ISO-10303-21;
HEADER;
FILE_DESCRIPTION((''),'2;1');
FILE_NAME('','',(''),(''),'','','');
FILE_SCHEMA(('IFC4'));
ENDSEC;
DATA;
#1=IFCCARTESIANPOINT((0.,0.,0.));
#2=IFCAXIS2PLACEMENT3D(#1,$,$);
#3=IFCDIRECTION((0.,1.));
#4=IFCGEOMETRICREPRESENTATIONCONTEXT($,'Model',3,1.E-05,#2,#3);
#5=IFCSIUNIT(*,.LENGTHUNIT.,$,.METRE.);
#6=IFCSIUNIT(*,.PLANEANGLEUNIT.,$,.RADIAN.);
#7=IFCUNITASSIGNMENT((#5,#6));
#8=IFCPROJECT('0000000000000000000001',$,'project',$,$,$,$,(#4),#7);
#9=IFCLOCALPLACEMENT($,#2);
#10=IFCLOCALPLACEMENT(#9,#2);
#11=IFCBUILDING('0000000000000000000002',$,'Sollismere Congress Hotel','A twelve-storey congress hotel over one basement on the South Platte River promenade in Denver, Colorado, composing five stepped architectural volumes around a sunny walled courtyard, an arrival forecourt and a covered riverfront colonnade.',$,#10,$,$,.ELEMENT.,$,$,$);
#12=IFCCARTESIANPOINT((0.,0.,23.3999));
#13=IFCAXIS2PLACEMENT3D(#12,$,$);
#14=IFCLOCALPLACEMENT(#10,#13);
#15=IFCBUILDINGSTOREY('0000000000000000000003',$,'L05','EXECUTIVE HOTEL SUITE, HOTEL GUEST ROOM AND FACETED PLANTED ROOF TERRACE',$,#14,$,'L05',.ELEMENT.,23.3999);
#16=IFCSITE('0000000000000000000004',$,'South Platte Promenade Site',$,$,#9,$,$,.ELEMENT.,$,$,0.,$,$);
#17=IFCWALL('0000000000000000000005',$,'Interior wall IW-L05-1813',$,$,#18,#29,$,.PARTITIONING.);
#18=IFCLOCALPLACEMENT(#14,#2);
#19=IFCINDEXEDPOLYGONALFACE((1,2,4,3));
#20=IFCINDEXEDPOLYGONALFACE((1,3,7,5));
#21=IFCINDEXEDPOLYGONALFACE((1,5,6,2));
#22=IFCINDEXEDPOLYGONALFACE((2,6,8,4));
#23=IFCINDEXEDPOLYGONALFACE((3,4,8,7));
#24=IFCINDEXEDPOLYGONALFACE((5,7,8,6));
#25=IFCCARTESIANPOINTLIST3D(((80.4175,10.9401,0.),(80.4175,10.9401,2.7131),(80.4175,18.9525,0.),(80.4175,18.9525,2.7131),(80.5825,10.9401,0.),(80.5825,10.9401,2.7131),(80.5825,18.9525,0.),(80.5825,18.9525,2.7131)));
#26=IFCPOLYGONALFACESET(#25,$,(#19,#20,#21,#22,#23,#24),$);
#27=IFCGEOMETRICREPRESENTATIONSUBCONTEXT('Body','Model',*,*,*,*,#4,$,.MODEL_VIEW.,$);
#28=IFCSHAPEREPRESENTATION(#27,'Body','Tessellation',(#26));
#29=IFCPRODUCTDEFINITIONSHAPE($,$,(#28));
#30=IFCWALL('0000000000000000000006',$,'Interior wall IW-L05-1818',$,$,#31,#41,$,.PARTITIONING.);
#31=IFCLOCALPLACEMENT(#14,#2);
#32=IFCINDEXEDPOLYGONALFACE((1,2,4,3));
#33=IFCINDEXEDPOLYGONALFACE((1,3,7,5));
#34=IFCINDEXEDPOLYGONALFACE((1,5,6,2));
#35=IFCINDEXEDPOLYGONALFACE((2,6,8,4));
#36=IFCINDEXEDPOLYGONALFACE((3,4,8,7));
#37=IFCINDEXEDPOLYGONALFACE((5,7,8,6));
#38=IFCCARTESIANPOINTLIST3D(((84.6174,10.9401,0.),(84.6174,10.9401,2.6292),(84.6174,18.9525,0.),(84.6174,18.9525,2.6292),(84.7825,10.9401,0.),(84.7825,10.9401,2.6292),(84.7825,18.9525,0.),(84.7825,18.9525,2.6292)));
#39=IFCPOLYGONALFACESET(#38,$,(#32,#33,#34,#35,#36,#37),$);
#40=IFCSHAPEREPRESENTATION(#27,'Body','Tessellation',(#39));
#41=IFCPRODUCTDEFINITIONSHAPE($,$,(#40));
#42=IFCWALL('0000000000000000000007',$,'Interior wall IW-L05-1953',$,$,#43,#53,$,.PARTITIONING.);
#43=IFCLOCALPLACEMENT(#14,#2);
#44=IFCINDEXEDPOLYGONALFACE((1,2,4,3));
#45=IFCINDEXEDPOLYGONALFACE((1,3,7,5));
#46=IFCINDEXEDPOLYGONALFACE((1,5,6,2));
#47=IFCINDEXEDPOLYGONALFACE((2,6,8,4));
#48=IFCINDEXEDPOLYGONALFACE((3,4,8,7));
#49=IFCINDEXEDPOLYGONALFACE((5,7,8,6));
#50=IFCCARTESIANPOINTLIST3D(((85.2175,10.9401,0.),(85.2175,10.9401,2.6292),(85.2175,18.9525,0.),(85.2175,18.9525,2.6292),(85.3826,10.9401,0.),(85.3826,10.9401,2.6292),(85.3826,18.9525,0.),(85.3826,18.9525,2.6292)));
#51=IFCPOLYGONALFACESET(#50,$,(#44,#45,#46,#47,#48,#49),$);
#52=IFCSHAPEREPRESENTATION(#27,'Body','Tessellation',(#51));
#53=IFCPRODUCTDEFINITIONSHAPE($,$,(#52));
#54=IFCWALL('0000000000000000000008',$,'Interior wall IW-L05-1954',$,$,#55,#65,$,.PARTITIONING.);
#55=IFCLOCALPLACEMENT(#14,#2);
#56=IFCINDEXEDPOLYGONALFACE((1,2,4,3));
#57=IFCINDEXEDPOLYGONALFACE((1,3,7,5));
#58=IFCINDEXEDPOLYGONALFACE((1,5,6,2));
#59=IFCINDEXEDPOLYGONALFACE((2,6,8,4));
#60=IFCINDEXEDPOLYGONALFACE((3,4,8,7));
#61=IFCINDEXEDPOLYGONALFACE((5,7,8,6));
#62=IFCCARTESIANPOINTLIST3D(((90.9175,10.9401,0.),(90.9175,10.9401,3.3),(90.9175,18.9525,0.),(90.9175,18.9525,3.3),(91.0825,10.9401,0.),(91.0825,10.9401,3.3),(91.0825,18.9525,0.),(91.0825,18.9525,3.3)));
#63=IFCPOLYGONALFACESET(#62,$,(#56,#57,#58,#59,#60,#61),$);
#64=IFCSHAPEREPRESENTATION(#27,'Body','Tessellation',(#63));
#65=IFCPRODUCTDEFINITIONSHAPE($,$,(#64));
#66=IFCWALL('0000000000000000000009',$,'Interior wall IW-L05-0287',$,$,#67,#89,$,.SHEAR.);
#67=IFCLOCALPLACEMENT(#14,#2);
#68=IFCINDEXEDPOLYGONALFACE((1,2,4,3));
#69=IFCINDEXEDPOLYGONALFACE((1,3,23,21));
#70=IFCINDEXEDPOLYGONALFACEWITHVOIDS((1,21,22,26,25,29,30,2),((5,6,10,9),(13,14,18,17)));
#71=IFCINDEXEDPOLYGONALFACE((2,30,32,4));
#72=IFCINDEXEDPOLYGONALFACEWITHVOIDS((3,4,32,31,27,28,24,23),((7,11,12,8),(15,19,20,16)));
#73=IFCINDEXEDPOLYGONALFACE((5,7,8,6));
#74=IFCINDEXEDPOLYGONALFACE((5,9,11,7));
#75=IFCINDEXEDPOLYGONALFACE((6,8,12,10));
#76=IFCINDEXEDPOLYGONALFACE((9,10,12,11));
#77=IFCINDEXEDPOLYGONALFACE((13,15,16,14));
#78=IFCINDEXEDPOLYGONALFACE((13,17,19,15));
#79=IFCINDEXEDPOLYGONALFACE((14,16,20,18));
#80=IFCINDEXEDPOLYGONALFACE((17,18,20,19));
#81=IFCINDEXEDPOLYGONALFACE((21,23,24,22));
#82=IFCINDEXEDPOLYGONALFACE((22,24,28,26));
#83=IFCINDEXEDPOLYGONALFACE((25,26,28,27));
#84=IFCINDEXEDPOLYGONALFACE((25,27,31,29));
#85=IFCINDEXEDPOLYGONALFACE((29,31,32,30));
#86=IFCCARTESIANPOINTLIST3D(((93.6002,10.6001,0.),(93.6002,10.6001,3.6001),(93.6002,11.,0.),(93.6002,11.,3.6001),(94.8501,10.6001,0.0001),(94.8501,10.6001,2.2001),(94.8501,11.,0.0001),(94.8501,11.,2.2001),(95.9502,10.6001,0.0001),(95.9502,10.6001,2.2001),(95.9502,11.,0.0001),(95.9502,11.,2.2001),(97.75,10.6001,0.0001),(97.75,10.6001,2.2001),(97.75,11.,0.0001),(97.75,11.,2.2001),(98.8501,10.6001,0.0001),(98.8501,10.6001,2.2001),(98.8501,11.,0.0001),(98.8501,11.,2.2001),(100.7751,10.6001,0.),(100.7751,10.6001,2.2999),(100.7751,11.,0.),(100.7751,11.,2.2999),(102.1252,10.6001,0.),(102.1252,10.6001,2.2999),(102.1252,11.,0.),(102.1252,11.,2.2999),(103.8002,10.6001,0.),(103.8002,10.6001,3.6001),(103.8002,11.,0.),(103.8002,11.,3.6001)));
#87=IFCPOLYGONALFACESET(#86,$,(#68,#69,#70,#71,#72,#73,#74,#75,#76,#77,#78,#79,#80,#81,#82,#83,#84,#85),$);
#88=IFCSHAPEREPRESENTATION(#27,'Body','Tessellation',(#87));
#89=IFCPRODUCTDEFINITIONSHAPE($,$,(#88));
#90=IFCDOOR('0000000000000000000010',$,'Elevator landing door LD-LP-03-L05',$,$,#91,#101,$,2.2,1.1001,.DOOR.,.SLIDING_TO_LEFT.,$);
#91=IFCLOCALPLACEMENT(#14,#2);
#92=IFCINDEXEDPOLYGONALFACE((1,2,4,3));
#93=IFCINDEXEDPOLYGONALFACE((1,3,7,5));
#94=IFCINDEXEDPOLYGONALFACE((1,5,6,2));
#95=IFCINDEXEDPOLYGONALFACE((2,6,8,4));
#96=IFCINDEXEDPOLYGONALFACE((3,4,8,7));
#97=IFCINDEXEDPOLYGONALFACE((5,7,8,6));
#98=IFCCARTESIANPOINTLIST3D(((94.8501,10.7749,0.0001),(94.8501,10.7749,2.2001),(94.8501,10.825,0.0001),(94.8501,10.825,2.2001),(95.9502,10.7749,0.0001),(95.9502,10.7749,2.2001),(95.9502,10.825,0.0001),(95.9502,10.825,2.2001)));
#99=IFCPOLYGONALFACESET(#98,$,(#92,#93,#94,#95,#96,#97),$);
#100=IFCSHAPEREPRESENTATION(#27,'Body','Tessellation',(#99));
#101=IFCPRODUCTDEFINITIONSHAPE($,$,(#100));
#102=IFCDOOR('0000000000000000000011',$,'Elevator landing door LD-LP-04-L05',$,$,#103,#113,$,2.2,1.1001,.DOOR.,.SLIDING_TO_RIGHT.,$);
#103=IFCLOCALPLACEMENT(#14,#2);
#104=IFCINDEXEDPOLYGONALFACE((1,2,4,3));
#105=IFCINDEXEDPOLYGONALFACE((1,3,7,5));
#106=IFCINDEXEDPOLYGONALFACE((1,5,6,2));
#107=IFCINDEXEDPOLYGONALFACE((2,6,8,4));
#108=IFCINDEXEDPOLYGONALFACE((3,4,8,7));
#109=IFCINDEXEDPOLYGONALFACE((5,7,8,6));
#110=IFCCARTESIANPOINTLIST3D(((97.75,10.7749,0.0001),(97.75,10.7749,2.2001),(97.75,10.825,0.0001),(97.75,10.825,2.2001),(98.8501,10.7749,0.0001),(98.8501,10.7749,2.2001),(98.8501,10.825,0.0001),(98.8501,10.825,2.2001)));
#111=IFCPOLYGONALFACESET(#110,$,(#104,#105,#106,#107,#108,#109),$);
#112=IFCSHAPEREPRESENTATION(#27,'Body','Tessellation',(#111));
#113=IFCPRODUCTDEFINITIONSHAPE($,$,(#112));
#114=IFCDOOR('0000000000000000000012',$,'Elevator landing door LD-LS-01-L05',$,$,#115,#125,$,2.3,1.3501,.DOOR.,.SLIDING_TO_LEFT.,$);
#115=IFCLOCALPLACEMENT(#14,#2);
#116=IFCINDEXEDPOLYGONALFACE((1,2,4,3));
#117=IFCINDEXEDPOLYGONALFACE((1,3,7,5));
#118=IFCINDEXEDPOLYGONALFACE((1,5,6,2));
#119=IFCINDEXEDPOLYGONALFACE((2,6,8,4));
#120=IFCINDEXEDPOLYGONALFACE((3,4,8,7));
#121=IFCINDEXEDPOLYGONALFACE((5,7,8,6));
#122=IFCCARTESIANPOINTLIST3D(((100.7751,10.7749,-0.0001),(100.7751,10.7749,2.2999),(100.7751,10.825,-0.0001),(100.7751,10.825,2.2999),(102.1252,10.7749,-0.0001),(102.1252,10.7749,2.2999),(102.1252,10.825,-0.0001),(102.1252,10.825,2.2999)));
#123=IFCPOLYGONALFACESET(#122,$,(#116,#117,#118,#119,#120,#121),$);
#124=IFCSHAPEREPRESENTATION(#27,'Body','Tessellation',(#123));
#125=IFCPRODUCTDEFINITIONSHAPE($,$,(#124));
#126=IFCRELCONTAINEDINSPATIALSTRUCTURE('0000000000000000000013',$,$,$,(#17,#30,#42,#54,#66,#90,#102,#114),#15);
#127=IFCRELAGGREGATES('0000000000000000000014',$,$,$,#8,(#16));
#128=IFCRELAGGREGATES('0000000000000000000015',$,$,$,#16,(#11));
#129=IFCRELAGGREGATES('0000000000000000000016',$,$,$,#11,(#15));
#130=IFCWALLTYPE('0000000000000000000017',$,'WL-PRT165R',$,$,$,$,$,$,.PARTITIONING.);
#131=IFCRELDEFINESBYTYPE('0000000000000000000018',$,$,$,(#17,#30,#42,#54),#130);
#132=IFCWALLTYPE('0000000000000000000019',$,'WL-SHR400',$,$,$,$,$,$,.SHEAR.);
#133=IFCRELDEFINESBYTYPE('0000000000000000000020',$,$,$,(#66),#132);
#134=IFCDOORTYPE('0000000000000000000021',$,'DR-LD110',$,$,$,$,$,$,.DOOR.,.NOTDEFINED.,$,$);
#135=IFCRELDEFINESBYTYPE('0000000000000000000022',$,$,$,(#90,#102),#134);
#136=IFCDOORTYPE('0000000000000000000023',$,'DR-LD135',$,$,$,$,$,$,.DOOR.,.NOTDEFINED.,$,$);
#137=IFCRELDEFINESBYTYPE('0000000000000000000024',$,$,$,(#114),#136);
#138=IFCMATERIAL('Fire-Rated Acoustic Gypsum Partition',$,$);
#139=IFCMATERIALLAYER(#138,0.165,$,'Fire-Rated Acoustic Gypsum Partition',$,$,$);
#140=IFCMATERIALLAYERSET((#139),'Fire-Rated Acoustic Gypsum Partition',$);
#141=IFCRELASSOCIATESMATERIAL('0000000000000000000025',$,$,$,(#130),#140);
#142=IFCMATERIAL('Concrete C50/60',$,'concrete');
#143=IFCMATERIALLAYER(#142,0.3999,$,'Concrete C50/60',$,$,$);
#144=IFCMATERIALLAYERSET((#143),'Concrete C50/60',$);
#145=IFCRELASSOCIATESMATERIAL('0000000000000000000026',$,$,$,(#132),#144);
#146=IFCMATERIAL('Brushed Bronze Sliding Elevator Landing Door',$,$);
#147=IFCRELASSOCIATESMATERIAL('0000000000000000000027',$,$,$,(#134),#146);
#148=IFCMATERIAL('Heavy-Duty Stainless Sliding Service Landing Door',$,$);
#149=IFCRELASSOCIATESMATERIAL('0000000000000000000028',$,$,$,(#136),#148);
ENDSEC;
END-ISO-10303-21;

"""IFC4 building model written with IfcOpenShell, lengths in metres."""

from ifc_helpers import new_model, si_unit, direction, frame, frame_2d, origin, place, context, subcontext, project, spatial, rectangle, extrude, material, layer, layer_set, type_object, element, fill, save


model = new_model("IFC4")

# Units and contexts
model_context = context("Model", 3, precision=1e-05, world=origin(), true_north=direction((0.0, 1.0)))
body_context = subcontext(model_context, "Body", "Model", "MODEL_VIEW")
ifc_project = project(units=[si_unit("LENGTHUNIT", "METRE"), si_unit("PLANEANGLEUNIT", "RADIAN")], contexts=[model_context])

# Site, building, storey
site_placement = place(None, origin())
site = spatial("IfcSite", under=ifc_project, at=site_placement, Name="South Platte Promenade Site", CompositionType="ELEMENT", RefElevation=0.0)
building_placement = place(site_placement, origin())
building = spatial("IfcBuilding", under=site, at=building_placement, Name="Sollismere Congress Hotel", Description="A twelve-storey congress hotel over one basement on the South Platte River promenade in Denver, Colorado, composing five stepped architectural volumes around a sunny walled courtyard, an arrival forecourt and a covered riverfront colonnade.", CompositionType="ELEMENT")
storey_placement = place(building_placement, frame((0.0, 0.0, 23.3999)))
storey = spatial("IfcBuildingStorey", under=building, at=storey_placement, Name="L05", Description="EXECUTIVE HOTEL SUITE, HOTEL GUEST ROOM AND FACETED PLANTED ROOF TERRACE", LongName="L05", CompositionType="ELEMENT", Elevation=23.3999)

# Walls
ifc_material_1 = material(Name="Fire-Rated Acoustic Gypsum Partition")
ifc_layer_1 = layer(ifc_material_1, 0.165, Name="Fire-Rated Acoustic Gypsum Partition")
ifc_layer_set_1 = layer_set([ifc_layer_1], Name="Fire-Rated Acoustic Gypsum Partition")
wall_type_1 = type_object("IfcWallType", Name="WL-PRT165R", PredefinedType="PARTITIONING", material=ifc_layer_set_1)
wall_1_placement = place(storey_placement, frame((80.5, 10.9399, 0.0), z_axis=(0.0, 0.0, 1.0), x_axis=(0.0, 1.0, 0.0)))
element("IfcWall", 1, at=wall_1_placement, inside=storey, type_object=wall_type_1, Name="Interior wall IW-L05-1813", PredefinedType="PARTITIONING", context=body_context, shape_type="SweptSolid", body=[
    extrude(rectangle(XDim=8.0125, YDim=0.165, at=frame_2d((4.0063, 0.0))), origin(), (0.0, 0.0, 1.0), 2.7131),
])
for number, where, z_axis, x_axis, name in (
    (2, (84.7, 10.9399, 0.0), (0.0, 0.0, 1.0), (0.0, 1.0, 0.0), "Interior wall IW-L05-1818"),
    (3, (85.3, 10.9399, 0.0), (0.0, 0.0, 1.0), (0.0, 1.0, 0.0), "Interior wall IW-L05-1953"),
):
    element("IfcWall", number, at=place(storey_placement, frame(where, z_axis=z_axis, x_axis=x_axis)), inside=storey, type_object=wall_type_1, Name=name, PredefinedType="PARTITIONING", context=body_context, shape_type="SweptSolid", body=[
        extrude(rectangle(XDim=8.0125, YDim=0.165, at=frame_2d((4.0063, 0.0))), origin(), (0.0, 0.0, 1.0), 2.6292),
    ])
wall_2_placement = place(storey_placement, frame((91.0, 10.9399, 0.0), z_axis=(0.0, 0.0, 1.0), x_axis=(0.0, 1.0, 0.0)))
element("IfcWall", 4, at=wall_2_placement, inside=storey, type_object=wall_type_1, Name="Interior wall IW-L05-1954", PredefinedType="PARTITIONING", context=body_context, shape_type="SweptSolid", body=[
    extrude(rectangle(XDim=8.0125, YDim=0.165, at=frame_2d((4.0063, 0.0))), origin(), (0.0, 0.0, 1.0), 3.3),
])

# Wall, openings, doors
ifc_material_2 = material(Name="Concrete C50/60", Category="concrete")
ifc_layer_2 = layer(ifc_material_2, 0.3999, Name="Concrete C50/60")
ifc_layer_set_2 = layer_set([ifc_layer_2], Name="Concrete C50/60")
wall_type_2 = type_object("IfcWallType", Name="WL-SHR400", PredefinedType="SHEAR", material=ifc_layer_set_2)
wall_3_placement = place(storey_placement, frame((93.6001, 10.8, 0.0), z_axis=(0.0, 0.0, 1.0), x_axis=(1.0, 0.0, 0.0)))
wall_3 = element("IfcWall", 5, at=wall_3_placement, inside=storey, type_object=wall_type_2, Name="Interior wall IW-L05-0287", PredefinedType="SHEAR", context=body_context, shape_type="SweptSolid", body=[
    extrude(rectangle(XDim=10.2, YDim=0.3999, at=frame_2d((5.1001, 0.0))), origin(), (0.0, 0.0, 1.0), 3.6001),
])
opening_1_placement = place(wall_3_placement, frame((1.25, 0.0, 0.0)))
opening_1 = element("IfcOpeningElement", 6, at=opening_1_placement, cuts=wall_3, PredefinedType="OPENING", context=body_context, shape_type="SweptSolid", body=[
    extrude(rectangle(XDim=1.1001, YDim=2.2, at=frame_2d((0.55, 1.1001))), frame((0.0, 0.21, 0.0), z_axis=(0.0, -1.0, 0.0), x_axis=(1.0, 0.0, 0.0)), (0.0, 0.0, 1.0), 0.4199),
])
opening_2_placement = place(wall_3_placement, frame((4.1499, 0.0, 0.0)))
opening_2 = element("IfcOpeningElement", 7, at=opening_2_placement, cuts=wall_3, PredefinedType="OPENING", context=body_context, shape_type="SweptSolid", body=[
    extrude(rectangle(XDim=1.1001, YDim=2.2, at=frame_2d((0.55, 1.1001))), frame((0.0, 0.21, 0.0), z_axis=(0.0, -1.0, 0.0), x_axis=(1.0, 0.0, 0.0)), (0.0, 0.0, 1.0), 0.4199),
])
opening_3_placement = place(wall_3_placement, frame((7.175, 0.0, 0.0)))
opening_3 = element("IfcOpeningElement", 8, at=opening_3_placement, cuts=wall_3, PredefinedType="OPENING", context=body_context, shape_type="SweptSolid", body=[
    extrude(rectangle(XDim=1.3501, YDim=2.3, at=frame_2d((0.675, 1.1499))), frame((0.0, 0.21, 0.0), z_axis=(0.0, -1.0, 0.0), x_axis=(1.0, 0.0, 0.0)), (0.0, 0.0, 1.0), 0.4199),
])
ifc_material_3 = material(Name="Brushed Bronze Sliding Elevator Landing Door")
door_type_1 = type_object("IfcDoorType", Name="DR-LD110", OperationType="NOTDEFINED", PredefinedType="DOOR", material=ifc_material_3)
door_1_placement = place(opening_1_placement, origin())
door_1 = element("IfcDoor", 9, at=door_1_placement, inside=storey, type_object=door_type_1, Name="Elevator landing door LD-LP-03-L05", OperationType="SLIDING_TO_LEFT", OverallHeight=2.2, OverallWidth=1.1001, PredefinedType="DOOR", context=body_context, shape_type="SweptSolid", body=[
    extrude(rectangle(XDim=1.1001, YDim=2.2, at=frame_2d((0.55, 1.1001))), frame((0.0, 0.0249, 0.0), z_axis=(0.0, -1.0, 0.0), x_axis=(1.0, 0.0, 0.0)), (0.0, 0.0, 1.0), 0.05),
])
fill(opening_1, door_1)
door_2_placement = place(opening_2_placement, origin())
door_2 = element("IfcDoor", 10, at=door_2_placement, inside=storey, type_object=door_type_1, Name="Elevator landing door LD-LP-04-L05", OperationType="SLIDING_TO_RIGHT", OverallHeight=2.2, OverallWidth=1.1001, PredefinedType="DOOR", context=body_context, shape_type="SweptSolid", body=[
    extrude(rectangle(XDim=1.1001, YDim=2.2, at=frame_2d((0.55, 1.1001))), frame((0.0, 0.0249, 0.0), z_axis=(0.0, -1.0, 0.0), x_axis=(1.0, 0.0, 0.0)), (0.0, 0.0, 1.0), 0.05),
])
fill(opening_2, door_2)
ifc_material_4 = material(Name="Heavy-Duty Stainless Sliding Service Landing Door")
door_type_2 = type_object("IfcDoorType", Name="DR-LD135", OperationType="NOTDEFINED", PredefinedType="DOOR", material=ifc_material_4)
door_3_placement = place(opening_3_placement, origin())
door_3 = element("IfcDoor", 11, at=door_3_placement, inside=storey, type_object=door_type_2, Name="Elevator landing door LD-LS-01-L05", OperationType="SLIDING_TO_LEFT", OverallHeight=2.3, OverallWidth=1.3501, PredefinedType="DOOR", context=body_context, shape_type="SweptSolid", body=[
    extrude(rectangle(XDim=1.3501, YDim=2.3, at=frame_2d((0.675, 1.1499))), frame((0.0, 0.0249, 0.0), z_axis=(0.0, -1.0, 0.0), x_axis=(1.0, 0.0, 0.0)), (0.0, 0.0, 1.0), 0.05),
])
fill(opening_3, door_3)

save(model, "model.ifc")
